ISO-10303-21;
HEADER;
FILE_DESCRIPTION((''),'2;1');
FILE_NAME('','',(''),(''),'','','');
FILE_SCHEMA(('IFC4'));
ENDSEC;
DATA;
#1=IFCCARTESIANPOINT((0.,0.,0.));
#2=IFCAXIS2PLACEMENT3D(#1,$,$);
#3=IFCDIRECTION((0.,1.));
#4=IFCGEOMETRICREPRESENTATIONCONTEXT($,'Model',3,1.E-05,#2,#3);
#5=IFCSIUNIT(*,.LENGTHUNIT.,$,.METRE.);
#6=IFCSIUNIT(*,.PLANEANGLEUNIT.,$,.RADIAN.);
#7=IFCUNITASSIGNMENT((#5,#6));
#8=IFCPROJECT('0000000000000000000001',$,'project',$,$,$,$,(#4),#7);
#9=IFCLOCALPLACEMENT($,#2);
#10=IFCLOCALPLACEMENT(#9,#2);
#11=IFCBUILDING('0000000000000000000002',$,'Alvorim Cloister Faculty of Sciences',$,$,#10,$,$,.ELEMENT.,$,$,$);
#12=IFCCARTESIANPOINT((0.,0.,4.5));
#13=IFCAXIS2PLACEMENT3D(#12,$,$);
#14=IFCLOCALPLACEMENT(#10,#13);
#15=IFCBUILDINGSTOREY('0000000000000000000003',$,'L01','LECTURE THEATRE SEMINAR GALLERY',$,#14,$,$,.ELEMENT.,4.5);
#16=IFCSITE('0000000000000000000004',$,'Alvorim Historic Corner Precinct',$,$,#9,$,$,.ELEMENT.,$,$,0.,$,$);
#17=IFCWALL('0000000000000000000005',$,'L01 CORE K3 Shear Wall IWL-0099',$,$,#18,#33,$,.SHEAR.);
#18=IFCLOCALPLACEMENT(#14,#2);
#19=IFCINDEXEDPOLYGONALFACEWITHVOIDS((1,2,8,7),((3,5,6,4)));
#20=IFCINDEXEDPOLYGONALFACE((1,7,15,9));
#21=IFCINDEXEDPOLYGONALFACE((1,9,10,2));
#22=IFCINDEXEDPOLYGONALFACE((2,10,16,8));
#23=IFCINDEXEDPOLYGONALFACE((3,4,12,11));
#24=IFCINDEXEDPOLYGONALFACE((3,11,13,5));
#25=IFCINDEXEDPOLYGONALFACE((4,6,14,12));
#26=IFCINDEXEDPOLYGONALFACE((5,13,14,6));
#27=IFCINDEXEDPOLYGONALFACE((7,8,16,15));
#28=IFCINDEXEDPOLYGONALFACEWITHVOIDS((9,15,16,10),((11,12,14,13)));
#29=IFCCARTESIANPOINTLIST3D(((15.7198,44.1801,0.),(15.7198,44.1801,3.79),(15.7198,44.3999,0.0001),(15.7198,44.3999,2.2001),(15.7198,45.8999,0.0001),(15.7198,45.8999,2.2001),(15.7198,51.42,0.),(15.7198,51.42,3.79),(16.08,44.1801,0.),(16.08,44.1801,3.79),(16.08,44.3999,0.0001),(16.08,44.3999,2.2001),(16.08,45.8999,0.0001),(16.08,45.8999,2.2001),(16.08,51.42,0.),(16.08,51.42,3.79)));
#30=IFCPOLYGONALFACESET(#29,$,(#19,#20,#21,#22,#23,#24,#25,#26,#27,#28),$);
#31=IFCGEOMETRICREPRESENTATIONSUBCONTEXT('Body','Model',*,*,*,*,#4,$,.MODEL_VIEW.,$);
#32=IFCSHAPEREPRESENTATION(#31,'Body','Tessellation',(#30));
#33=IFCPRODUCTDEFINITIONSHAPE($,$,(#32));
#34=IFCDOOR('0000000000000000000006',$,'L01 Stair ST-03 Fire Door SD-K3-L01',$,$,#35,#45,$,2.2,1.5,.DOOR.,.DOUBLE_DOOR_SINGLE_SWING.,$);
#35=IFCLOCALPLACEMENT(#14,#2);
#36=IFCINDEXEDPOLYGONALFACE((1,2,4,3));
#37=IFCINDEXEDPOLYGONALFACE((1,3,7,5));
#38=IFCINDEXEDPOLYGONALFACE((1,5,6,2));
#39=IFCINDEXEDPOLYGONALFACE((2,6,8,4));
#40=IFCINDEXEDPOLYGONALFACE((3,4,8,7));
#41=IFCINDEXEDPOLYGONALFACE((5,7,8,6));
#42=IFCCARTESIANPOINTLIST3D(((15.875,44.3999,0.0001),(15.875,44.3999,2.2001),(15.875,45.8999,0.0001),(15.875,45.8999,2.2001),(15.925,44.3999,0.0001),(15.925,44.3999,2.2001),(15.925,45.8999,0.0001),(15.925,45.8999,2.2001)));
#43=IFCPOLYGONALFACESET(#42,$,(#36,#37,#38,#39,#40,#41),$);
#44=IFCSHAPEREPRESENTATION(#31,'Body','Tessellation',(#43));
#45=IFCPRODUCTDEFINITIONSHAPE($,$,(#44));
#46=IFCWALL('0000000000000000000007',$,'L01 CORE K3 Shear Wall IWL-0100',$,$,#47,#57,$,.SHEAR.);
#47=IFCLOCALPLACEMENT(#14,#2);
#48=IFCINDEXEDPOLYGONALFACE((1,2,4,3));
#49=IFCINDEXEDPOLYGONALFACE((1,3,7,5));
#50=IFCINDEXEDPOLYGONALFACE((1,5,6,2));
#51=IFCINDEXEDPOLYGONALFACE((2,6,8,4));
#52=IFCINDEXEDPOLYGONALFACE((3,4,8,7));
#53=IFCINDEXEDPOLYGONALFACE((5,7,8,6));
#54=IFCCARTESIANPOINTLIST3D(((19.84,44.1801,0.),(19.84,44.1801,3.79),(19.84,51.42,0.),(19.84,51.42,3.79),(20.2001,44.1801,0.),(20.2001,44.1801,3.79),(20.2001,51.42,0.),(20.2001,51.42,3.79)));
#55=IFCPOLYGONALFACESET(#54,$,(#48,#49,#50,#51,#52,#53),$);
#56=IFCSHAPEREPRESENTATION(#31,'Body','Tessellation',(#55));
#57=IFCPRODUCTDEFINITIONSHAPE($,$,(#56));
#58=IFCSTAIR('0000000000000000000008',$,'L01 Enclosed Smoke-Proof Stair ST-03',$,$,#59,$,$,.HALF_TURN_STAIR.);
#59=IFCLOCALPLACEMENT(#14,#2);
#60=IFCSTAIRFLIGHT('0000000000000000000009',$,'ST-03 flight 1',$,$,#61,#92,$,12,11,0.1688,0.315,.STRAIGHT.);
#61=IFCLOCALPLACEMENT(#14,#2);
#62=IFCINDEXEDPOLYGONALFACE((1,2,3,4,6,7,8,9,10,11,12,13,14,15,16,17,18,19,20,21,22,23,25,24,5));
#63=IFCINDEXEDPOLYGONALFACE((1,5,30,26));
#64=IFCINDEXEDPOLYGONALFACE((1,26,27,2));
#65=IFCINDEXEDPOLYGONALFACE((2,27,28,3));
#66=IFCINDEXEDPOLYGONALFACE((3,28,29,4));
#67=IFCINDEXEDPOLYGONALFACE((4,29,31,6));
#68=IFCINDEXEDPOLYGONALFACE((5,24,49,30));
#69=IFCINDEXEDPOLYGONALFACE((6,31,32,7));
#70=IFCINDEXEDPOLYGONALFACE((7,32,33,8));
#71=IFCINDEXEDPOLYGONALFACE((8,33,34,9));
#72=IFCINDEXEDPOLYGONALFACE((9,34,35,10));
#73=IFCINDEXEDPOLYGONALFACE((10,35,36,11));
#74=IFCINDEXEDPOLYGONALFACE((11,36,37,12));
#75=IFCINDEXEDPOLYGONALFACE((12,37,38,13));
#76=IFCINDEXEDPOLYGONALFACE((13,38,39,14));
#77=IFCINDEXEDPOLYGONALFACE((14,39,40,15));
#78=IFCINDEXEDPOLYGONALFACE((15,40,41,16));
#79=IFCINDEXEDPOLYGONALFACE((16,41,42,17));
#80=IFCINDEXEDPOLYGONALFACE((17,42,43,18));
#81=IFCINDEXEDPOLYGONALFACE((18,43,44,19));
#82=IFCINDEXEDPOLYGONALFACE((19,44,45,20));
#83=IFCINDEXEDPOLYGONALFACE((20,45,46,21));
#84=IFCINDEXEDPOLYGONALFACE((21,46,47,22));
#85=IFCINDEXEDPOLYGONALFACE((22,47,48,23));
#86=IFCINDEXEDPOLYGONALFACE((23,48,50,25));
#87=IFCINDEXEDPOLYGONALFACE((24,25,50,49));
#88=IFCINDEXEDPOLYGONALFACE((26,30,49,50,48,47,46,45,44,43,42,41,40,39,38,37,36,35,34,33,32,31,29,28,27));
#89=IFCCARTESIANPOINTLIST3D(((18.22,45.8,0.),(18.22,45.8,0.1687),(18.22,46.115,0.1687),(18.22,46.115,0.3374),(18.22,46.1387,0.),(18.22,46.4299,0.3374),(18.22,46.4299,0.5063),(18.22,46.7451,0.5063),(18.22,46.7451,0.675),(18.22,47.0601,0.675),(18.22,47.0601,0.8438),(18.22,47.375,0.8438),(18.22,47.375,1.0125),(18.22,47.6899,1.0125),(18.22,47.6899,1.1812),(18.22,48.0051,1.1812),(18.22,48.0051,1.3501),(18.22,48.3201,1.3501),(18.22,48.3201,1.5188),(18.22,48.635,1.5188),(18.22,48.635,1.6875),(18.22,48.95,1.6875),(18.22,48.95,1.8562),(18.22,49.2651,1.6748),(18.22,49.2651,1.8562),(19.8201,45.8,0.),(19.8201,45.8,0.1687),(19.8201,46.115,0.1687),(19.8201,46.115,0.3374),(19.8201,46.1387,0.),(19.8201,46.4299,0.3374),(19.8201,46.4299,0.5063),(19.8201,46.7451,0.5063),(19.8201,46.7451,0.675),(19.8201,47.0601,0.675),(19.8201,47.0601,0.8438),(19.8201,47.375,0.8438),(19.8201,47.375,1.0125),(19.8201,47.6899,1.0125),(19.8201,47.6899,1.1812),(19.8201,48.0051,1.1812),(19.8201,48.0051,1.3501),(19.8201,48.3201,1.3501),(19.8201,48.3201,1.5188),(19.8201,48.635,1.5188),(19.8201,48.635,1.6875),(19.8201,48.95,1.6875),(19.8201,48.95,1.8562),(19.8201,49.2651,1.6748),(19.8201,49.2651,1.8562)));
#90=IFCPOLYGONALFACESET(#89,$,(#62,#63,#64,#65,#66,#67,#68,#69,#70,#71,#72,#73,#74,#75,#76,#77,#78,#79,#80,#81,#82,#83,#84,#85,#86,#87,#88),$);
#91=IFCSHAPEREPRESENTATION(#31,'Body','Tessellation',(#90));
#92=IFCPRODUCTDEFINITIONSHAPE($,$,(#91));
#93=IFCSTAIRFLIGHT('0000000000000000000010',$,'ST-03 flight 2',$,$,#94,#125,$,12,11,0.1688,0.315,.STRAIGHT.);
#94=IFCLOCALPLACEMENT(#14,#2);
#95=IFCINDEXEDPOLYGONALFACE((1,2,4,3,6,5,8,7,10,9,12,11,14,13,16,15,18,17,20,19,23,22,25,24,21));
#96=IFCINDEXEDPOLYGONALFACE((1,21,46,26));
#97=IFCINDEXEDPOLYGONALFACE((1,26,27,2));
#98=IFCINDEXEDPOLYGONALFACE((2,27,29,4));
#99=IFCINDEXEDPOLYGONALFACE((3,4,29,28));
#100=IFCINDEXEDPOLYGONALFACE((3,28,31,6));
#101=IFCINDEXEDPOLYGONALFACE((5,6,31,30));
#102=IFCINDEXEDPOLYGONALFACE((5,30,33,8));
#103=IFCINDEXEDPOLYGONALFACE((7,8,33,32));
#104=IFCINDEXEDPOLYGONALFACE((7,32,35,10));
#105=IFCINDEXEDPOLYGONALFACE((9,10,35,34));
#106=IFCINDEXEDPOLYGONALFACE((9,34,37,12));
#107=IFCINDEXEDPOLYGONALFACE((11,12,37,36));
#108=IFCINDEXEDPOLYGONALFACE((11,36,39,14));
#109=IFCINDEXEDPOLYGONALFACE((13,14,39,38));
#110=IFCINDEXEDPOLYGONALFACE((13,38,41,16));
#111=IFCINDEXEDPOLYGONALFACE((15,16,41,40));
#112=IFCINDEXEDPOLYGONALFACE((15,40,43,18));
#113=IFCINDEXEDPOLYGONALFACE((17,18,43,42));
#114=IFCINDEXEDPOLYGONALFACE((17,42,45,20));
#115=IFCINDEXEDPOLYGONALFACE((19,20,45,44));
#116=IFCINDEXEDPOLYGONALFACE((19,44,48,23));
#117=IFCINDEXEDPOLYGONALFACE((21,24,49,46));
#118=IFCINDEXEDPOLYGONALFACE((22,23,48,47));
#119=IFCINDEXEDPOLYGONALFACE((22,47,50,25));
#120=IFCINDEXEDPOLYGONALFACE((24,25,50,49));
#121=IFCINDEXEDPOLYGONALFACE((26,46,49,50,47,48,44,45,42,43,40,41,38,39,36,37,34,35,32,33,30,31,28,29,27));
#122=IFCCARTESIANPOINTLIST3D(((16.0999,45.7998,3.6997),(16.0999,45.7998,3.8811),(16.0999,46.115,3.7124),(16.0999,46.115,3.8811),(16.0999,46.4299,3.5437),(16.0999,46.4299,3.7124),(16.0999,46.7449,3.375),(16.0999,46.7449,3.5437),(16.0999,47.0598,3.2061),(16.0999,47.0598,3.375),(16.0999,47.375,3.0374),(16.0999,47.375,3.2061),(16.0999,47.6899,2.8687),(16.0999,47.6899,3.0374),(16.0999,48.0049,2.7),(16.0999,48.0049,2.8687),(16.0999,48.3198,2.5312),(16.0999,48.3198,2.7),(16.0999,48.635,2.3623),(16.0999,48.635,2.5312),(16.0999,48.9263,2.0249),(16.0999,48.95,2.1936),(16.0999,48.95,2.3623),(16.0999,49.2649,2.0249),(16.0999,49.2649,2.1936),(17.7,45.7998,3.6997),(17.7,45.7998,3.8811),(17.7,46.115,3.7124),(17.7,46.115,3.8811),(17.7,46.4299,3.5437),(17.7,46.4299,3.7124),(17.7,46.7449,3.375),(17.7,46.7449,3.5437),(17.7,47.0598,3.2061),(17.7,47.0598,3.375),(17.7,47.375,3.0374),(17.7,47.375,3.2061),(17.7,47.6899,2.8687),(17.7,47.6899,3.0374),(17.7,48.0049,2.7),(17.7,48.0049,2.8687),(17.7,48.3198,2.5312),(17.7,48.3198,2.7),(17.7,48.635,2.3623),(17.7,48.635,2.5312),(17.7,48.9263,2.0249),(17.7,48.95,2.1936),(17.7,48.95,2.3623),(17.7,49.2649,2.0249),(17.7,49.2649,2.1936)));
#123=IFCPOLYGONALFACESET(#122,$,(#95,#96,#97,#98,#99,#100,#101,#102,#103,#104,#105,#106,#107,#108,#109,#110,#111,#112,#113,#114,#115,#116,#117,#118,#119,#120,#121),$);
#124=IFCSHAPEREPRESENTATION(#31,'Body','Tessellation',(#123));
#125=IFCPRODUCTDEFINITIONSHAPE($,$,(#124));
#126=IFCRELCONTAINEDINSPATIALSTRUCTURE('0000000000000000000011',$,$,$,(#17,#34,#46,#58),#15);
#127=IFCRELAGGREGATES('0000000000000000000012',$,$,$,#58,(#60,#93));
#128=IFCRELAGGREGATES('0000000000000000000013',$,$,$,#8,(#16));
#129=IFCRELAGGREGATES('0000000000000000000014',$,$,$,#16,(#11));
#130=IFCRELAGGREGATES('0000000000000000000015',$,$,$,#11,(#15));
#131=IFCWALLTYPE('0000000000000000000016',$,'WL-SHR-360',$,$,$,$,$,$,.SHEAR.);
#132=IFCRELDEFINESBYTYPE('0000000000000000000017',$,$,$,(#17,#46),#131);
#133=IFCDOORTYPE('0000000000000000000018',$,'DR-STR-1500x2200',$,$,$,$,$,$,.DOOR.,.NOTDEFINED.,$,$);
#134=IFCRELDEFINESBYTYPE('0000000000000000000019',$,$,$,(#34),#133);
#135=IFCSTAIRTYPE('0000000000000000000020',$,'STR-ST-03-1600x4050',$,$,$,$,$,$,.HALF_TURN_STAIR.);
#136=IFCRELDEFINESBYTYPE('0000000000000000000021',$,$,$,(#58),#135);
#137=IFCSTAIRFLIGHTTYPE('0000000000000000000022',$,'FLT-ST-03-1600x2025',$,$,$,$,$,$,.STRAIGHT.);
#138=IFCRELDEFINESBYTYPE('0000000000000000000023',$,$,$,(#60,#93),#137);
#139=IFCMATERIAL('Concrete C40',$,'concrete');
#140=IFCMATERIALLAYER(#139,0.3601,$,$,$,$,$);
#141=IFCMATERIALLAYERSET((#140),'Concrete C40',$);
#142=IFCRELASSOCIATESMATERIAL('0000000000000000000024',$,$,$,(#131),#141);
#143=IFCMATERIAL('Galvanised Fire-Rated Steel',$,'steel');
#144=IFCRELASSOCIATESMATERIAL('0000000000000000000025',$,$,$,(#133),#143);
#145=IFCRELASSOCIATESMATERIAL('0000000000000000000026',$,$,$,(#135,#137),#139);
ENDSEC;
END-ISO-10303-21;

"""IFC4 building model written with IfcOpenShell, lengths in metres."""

from ifc_helpers import new_model, si_unit, direction, frame, frame_2d, origin, place, context, subcontext, project, spatial, polyline, rectangle, outline, extrude, material, layer, layer_set, type_object, element, fill, aggregate, save


model = new_model("IFC4")

# Units and contexts
model_context = context("Model", 3, precision=1e-05, world=origin(), true_north=direction((0.0, 1.0)))
body_context = subcontext(model_context, "Body", "Model", "MODEL_VIEW")
ifc_project = project(units=[si_unit("LENGTHUNIT", "METRE"), si_unit("PLANEANGLEUNIT", "RADIAN")], contexts=[model_context])

# Site, building, storey
site_placement = place(None, origin())
site = spatial("IfcSite", under=ifc_project, at=site_placement, Name="Alvorim Historic Corner Precinct", CompositionType="ELEMENT", RefElevation=0.0)
building_placement = place(site_placement, origin())
building = spatial("IfcBuilding", under=site, at=building_placement, Name="Alvorim Cloister Faculty of Sciences", CompositionType="ELEMENT")
storey_placement = place(building_placement, frame((0.0, 0.0, 4.5)))
storey = spatial("IfcBuildingStorey", under=building, at=storey_placement, Name="L01", Description="LECTURE THEATRE SEMINAR GALLERY", CompositionType="ELEMENT", Elevation=4.5)

# Shared definitions
ifc_material_1 = material(Name="Concrete C40", Category="concrete")

# Shared definitions
ifc_layer = layer(ifc_material_1, 0.3601)
ifc_layer_set = layer_set([ifc_layer], Name="Concrete C40")
wall_type = type_object("IfcWallType", Name="WL-SHR-360", PredefinedType="SHEAR", material=ifc_layer_set)

# Wall, opening, door
wall_1_placement = place(storey_placement, frame((15.8999, 44.1799, 0.0), z_axis=(0.0, 0.0, 1.0), x_axis=(0.0, 1.0, 0.0)))
wall_1 = element("IfcWall", 1, at=wall_1_placement, inside=storey, type_object=wall_type, Name="L01 CORE K3 Shear Wall IWL-0099", PredefinedType="SHEAR", context=body_context, shape_type="SweptSolid", body=[
    extrude(rectangle(XDim=7.24, YDim=0.3601, at=frame_2d((3.6201, 0.0))), origin(), (0.0, 0.0, 1.0), 3.79),
])
opening_placement = place(wall_1_placement, frame((0.22, 0.0, 0.0)))
opening = element("IfcOpeningElement", 2, at=opening_placement, cuts=wall_1, PredefinedType="OPENING", context=body_context, shape_type="SweptSolid", body=[
    extrude(rectangle(XDim=1.5, YDim=2.2, at=frame_2d((0.75, 1.1001))), frame((0.0, 0.1919, 0.0), z_axis=(0.0, -1.0, 0.0), x_axis=(1.0, 0.0, 0.0)), (0.0, 0.0, 1.0), 0.384),
])
ifc_material_2 = material(Name="Galvanised Fire-Rated Steel", Category="steel")
door_type = type_object("IfcDoorType", Name="DR-STR-1500x2200", OperationType="NOTDEFINED", PredefinedType="DOOR", material=ifc_material_2)
door_placement = place(opening_placement, origin())
door = element("IfcDoor", 3, at=door_placement, inside=storey, type_object=door_type, Name="L01 Stair ST-03 Fire Door SD-K3-L01", OperationType="DOUBLE_DOOR_SINGLE_SWING", OverallHeight=2.2, OverallWidth=1.5, PredefinedType="DOOR", context=body_context, shape_type="SweptSolid", body=[
    extrude(rectangle(XDim=1.5, YDim=2.2, at=frame_2d((0.75, 1.1001))), frame((0.0, 0.0249, 0.0), z_axis=(0.0, -1.0, 0.0), x_axis=(1.0, 0.0, 0.0)), (0.0, 0.0, 1.0), 0.05),
])
fill(opening, door)

# Wall
wall_2_placement = place(storey_placement, frame((20.02, 44.1799, 0.0), z_axis=(0.0, 0.0, 1.0), x_axis=(0.0, 1.0, 0.0)))
element("IfcWall", 4, at=wall_2_placement, inside=storey, type_object=wall_type, Name="L01 CORE K3 Shear Wall IWL-0100", PredefinedType="SHEAR", context=body_context, shape_type="SweptSolid", body=[
    extrude(rectangle(XDim=7.24, YDim=0.3601, at=frame_2d((3.6201, 0.0))), origin(), (0.0, 0.0, 1.0), 3.79),
])

# Stair, stair flights
stair_type = type_object("IfcStairType", Name="STR-ST-03-1600x4050", PredefinedType="HALF_TURN_STAIR", material=ifc_material_1)
stair_placement = place(storey_placement, origin())
stair = element("IfcStair", 5, at=stair_placement, inside=storey, type_object=stair_type, Name="L01 Enclosed Smoke-Proof Stair ST-03", PredefinedType="HALF_TURN_STAIR")
stair_flight_type = type_object("IfcStairFlightType", Name="FLT-ST-03-1600x2025", PredefinedType="STRAIGHT", material=ifc_material_1)
stair_flight_1_placement = place(storey_placement, frame((19.02, 45.8, 0.0), z_axis=(0.0, 0.0, 1.0), x_axis=(0.0, 1.0, 0.0)))
stair_flight_1 = element("IfcStairFlight", 6, at=stair_flight_1_placement, type_object=stair_flight_type, Name="ST-03 flight 1", NumberOfRisers=12, NumberOfTreads=11, PredefinedType="STRAIGHT", RiserHeight=0.1688, TreadLength=0.315, context=body_context, shape_type="SweptSolid", body=[
    extrude(outline(polyline([(0.3386, 0.0), (3.4651, 1.6748), (3.4651, 2.0249), (3.4651, 1.8562), (3.1499, 1.8562), (3.1499, 1.6875), (2.835, 1.6875), (2.835, 1.5188), (2.52, 1.5188), (2.52, 1.3501), (2.2051, 1.3501), (2.2051, 1.1812), (1.8899, 1.1812), (1.8899, 1.0125), (1.575, 1.0125), (1.575, 0.8438), (1.26, 0.8438), (1.26, 0.675), (0.9451, 0.675), (0.9451, 0.5063), (0.6299, 0.5063), (0.6299, 0.3374), (0.3149, 0.3374), (0.3149, 0.1687), (0.0, 0.1687), (0.0, 0.0), (0.3386, 0.0)])), frame((0.0, 0.8, 0.0), z_axis=(0.0, -1.0, 0.0), x_axis=(1.0, 0.0, 0.0)), (0.0, 0.0, 1.0), 1.6001),
])
stair_flight_2_placement = place(storey_placement, frame((16.8999, 49.2649, 2.0249), z_axis=(0.0, 0.0, 1.0), x_axis=(0.0, -1.0, 0.0)))
stair_flight_2 = element("IfcStairFlight", 7, at=stair_flight_2_placement, type_object=stair_flight_type, Name="ST-03 flight 2", NumberOfRisers=12, NumberOfTreads=11, PredefinedType="STRAIGHT", RiserHeight=0.1688, TreadLength=0.315, context=body_context, shape_type="SweptSolid", body=[
    extrude(outline(polyline([(0.3386, 0.0), (3.4651, 1.6748), (3.4651, 2.0249), (3.4651, 1.8562), (3.1499, 1.8562), (3.1499, 1.6875), (2.835, 1.6875), (2.835, 1.5188), (2.52, 1.5188), (2.52, 1.3501), (2.2051, 1.3501), (2.2051, 1.1812), (1.8899, 1.1812), (1.8899, 1.0125), (1.575, 1.0125), (1.575, 0.8438), (1.26, 0.8438), (1.26, 0.675), (0.9451, 0.675), (0.9451, 0.5063), (0.6299, 0.5063), (0.6299, 0.3374), (0.3149, 0.3374), (0.3149, 0.1687), (0.0, 0.1687), (0.0, 0.0), (0.3386, 0.0)])), frame((0.0, 0.8, 0.0), z_axis=(0.0, -1.0, 0.0), x_axis=(1.0, 0.0, 0.0)), (0.0, 0.0, 1.0), 1.6001),
])
aggregate(stair, [stair_flight_1, stair_flight_2])

save(model, "model.ifc")
